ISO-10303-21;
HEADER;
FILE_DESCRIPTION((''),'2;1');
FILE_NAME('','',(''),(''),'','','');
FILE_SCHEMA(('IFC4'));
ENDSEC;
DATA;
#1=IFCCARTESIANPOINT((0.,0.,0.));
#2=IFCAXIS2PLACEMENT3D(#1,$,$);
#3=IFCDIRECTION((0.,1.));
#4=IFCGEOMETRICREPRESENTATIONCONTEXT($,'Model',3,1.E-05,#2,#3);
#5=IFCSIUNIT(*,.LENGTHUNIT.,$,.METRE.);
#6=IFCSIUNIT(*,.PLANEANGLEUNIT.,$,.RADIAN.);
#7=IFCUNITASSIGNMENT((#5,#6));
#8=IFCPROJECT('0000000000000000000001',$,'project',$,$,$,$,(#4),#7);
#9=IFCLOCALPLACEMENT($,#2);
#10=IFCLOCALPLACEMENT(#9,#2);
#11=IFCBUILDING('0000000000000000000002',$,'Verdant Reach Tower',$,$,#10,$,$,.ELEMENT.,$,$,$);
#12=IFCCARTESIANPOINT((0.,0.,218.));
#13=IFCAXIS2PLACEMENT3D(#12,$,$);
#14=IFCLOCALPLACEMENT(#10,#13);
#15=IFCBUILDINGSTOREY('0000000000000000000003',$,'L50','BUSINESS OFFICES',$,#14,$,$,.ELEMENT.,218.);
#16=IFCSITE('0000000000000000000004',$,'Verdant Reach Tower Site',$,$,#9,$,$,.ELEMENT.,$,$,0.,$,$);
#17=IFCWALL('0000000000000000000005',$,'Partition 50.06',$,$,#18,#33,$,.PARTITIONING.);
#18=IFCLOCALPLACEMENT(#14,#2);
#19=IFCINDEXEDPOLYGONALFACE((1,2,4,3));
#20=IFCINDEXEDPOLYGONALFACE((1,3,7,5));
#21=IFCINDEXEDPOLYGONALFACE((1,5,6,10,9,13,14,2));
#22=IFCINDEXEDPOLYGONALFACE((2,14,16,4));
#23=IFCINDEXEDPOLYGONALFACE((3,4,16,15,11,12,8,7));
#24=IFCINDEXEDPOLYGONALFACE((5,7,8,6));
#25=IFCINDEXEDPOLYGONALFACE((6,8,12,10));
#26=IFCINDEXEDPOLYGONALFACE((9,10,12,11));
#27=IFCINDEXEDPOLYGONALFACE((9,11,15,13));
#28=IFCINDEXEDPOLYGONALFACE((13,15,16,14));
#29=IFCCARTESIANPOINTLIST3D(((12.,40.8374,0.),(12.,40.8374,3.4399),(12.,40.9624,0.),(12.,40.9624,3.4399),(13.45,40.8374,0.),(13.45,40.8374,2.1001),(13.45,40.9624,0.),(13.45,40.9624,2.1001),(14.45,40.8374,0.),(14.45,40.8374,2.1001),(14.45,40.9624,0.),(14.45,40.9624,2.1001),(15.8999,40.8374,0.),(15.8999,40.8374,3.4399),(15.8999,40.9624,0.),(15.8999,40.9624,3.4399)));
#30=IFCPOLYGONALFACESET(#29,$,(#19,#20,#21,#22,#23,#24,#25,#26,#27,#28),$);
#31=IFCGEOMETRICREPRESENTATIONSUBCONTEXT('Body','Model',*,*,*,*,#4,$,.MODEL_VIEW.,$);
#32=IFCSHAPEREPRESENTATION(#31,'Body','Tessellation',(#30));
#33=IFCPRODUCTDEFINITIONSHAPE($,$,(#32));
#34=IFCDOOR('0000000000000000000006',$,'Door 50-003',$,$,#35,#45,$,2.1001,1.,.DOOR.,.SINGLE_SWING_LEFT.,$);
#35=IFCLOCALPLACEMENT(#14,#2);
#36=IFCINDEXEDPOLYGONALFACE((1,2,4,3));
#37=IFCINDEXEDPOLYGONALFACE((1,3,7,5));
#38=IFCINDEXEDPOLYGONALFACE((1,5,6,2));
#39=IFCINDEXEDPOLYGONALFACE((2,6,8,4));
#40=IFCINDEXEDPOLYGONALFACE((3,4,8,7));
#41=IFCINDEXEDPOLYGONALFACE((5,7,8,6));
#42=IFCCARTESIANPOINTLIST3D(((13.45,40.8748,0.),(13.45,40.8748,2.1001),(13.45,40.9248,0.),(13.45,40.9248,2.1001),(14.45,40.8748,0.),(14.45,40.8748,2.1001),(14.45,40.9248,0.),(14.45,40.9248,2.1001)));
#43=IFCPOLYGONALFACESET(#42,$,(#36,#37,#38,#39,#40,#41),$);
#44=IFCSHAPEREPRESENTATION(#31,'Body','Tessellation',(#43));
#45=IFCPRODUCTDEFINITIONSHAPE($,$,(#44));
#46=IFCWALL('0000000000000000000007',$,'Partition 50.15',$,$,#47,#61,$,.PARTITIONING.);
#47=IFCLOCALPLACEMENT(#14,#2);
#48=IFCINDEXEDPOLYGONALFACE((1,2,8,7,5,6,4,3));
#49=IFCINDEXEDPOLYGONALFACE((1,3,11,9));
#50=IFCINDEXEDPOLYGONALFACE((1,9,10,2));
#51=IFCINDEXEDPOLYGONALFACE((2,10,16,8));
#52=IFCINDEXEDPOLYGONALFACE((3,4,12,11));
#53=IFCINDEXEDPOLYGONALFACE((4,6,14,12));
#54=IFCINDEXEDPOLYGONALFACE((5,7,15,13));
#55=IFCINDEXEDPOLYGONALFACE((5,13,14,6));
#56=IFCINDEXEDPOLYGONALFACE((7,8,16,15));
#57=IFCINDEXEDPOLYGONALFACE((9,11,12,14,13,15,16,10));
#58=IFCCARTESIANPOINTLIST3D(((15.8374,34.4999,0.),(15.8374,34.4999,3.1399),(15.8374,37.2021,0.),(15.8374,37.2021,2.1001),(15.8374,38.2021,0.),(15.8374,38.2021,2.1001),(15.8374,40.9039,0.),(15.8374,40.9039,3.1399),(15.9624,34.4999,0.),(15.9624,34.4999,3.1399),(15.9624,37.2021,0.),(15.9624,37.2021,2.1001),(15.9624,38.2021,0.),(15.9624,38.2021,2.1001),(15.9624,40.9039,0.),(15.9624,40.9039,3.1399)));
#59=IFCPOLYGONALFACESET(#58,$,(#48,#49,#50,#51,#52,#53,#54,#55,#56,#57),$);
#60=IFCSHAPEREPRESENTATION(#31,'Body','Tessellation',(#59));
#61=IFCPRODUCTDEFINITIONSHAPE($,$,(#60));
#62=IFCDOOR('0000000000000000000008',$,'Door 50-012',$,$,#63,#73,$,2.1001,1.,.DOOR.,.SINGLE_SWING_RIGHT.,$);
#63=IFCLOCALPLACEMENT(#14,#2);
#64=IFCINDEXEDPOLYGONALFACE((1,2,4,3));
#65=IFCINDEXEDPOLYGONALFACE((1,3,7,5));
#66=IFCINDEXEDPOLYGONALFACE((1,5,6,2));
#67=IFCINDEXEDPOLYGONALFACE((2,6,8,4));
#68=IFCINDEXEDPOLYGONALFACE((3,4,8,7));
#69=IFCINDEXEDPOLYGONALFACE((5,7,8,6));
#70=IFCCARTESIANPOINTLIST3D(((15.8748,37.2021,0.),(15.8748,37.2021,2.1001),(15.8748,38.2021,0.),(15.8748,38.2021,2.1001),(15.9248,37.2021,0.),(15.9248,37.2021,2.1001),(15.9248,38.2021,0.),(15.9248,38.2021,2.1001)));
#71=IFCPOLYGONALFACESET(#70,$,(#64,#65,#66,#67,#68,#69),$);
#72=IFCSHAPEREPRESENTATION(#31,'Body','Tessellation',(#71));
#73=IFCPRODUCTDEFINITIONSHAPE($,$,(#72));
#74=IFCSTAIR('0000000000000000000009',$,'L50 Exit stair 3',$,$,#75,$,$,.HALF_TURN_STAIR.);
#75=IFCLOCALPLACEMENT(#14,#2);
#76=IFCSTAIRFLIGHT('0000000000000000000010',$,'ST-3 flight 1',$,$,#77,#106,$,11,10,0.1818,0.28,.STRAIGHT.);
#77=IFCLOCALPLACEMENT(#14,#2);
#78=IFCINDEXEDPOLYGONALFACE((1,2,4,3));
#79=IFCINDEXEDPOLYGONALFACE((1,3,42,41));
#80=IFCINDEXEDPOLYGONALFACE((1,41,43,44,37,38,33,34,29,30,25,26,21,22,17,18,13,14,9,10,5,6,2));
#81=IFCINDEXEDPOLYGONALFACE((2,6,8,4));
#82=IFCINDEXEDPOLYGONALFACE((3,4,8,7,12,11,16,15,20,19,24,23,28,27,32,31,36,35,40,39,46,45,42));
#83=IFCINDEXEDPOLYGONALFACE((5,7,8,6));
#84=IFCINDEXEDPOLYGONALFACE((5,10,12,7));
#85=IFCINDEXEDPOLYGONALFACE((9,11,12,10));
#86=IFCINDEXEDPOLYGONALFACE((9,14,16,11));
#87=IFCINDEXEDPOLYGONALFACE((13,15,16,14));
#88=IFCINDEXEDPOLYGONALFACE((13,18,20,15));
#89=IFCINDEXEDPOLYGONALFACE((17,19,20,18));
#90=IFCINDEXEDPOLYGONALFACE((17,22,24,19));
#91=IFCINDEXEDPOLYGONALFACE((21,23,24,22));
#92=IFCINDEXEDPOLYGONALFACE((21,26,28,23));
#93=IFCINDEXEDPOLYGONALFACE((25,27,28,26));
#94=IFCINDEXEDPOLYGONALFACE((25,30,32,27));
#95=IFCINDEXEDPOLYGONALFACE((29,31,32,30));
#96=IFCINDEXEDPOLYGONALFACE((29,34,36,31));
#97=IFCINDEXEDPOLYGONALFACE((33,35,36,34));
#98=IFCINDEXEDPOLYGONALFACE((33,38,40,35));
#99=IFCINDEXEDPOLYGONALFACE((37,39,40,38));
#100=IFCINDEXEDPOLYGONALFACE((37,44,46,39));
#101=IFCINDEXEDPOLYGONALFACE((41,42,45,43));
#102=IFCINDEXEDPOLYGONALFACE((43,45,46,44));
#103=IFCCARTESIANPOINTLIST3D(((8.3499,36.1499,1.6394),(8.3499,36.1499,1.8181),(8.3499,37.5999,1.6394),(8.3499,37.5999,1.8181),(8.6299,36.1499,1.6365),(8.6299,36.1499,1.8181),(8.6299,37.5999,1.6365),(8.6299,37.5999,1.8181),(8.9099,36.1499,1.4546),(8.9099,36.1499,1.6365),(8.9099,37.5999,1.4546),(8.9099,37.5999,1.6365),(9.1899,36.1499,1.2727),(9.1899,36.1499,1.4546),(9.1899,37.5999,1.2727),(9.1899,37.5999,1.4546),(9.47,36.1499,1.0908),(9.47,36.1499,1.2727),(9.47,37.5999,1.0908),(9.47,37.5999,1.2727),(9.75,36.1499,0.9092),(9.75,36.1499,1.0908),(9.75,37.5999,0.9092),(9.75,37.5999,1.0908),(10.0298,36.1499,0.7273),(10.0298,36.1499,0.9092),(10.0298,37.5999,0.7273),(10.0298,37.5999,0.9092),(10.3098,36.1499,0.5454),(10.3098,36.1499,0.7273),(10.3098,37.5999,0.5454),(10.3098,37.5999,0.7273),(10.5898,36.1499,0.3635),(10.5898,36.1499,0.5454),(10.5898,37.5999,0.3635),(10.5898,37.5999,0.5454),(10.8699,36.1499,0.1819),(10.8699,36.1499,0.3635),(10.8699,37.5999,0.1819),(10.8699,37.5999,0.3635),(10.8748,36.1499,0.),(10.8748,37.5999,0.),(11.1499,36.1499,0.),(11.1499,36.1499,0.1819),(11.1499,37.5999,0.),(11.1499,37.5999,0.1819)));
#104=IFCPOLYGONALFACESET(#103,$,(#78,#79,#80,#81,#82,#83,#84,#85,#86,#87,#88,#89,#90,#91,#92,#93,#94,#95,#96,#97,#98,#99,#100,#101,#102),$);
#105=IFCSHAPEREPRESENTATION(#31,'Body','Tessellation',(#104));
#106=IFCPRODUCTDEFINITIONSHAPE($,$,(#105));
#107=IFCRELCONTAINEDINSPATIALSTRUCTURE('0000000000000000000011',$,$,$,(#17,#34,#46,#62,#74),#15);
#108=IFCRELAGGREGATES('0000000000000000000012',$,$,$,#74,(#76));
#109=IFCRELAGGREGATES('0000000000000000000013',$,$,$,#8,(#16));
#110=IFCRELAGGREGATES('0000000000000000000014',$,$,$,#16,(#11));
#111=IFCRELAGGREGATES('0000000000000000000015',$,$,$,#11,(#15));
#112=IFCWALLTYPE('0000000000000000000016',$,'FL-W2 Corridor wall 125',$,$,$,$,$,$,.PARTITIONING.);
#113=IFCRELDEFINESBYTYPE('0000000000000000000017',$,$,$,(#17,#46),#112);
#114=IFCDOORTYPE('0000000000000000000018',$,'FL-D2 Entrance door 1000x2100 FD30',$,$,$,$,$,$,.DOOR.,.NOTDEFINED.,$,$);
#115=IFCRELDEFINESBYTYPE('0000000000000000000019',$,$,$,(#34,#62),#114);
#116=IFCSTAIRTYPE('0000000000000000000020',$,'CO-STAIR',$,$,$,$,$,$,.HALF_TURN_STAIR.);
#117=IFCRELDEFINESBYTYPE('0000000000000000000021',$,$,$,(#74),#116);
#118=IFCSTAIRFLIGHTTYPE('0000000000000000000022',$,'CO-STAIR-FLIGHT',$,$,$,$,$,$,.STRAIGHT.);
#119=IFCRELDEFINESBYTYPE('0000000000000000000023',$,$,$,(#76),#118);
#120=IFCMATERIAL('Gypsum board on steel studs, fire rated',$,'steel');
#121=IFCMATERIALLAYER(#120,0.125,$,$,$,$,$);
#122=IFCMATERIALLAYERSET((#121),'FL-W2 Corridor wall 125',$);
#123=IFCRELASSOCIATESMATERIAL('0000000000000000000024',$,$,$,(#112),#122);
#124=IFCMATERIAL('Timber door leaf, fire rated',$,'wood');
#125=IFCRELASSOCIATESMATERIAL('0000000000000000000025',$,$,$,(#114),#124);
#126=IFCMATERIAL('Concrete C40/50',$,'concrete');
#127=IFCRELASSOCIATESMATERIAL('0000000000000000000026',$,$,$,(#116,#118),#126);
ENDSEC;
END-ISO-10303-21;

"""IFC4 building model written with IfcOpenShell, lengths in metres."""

from ifc_helpers import new_model, si_unit, direction, frame, frame_2d, origin, place, context, subcontext, project, spatial, polyline, rectangle, outline, extrude, material, layer, layer_set, type_object, element, fill, aggregate, save


model = new_model("IFC4")

# Units and contexts
model_context = context("Model", 3, precision=1e-05, world=origin(), true_north=direction((0.0, 1.0)))
body_context = subcontext(model_context, "Body", "Model", "MODEL_VIEW")
ifc_project = project(units=[si_unit("LENGTHUNIT", "METRE"), si_unit("PLANEANGLEUNIT", "RADIAN")], contexts=[model_context])

# Site, building, storey
site_placement = place(None, origin())
site = spatial("IfcSite", under=ifc_project, at=site_placement, Name="Verdant Reach Tower Site", CompositionType="ELEMENT", RefElevation=0.0)
building_placement = place(site_placement, origin())
building = spatial("IfcBuilding", under=site, at=building_placement, Name="Verdant Reach Tower", CompositionType="ELEMENT")
storey_placement = place(building_placement, frame((0.0, 0.0, 218.0)))
storey = spatial("IfcBuildingStorey", under=building, at=storey_placement, Name="L50", Description="BUSINESS OFFICES", CompositionType="ELEMENT", Elevation=218.0)

# Walls, openings, doors
ifc_material_1 = material(Name="Gypsum board on steel studs, fire rated", Category="steel")
ifc_layer_1 = layer(ifc_material_1, 0.125)
ifc_layer_set_1 = layer_set([ifc_layer_1], Name="FL-W2 Corridor wall 125")
wall_type_1 = type_object("IfcWallType", Name="FL-W2 Corridor wall 125", PredefinedType="PARTITIONING", material=ifc_layer_set_1)
wall_1_placement = place(storey_placement, frame((12.0, 40.8999, 0.0), z_axis=(0.0, 0.0, 1.0), x_axis=(1.0, 0.0, 0.0)))
wall_1 = element("IfcWall", 1, at=wall_1_placement, inside=storey, type_object=wall_type_1, Name="Partition 50.06", PredefinedType="PARTITIONING", context=body_context, shape_type="SweptSolid", body=[
    extrude(rectangle(XDim=3.8999, YDim=0.125, at=frame_2d((1.95, 0.0))), origin(), (0.0, 0.0, 1.0), 3.4399),
])
opening_1_placement = place(wall_1_placement, frame((1.45, 0.0, 0.0)))
opening_1 = element("IfcOpeningElement", 2, at=opening_1_placement, cuts=wall_1, PredefinedType="OPENING", context=body_context, shape_type="SweptSolid", body=[
    extrude(rectangle(XDim=1.0, YDim=2.1001, at=frame_2d((0.5, 1.05))), frame((0.0, 0.0725, 0.0), z_axis=(0.0, -1.0, 0.0), x_axis=(1.0, 0.0, 0.0)), (0.0, 0.0, 1.0), 0.145),
])
ifc_material_2 = material(Name="Timber door leaf, fire rated", Category="wood")
door_type_1 = type_object("IfcDoorType", Name="FL-D2 Entrance door 1000x2100 FD30", OperationType="NOTDEFINED", PredefinedType="DOOR", material=ifc_material_2)
door_1_placement = place(opening_1_placement, origin())
door_1 = element("IfcDoor", 3, at=door_1_placement, inside=storey, type_object=door_type_1, Name="Door 50-003", OperationType="SINGLE_SWING_LEFT", OverallHeight=2.1001, OverallWidth=1.0, PredefinedType="DOOR", context=body_context, shape_type="SweptSolid", body=[
    extrude(rectangle(XDim=1.0, YDim=2.1001, at=frame_2d((0.5, 1.05))), frame((0.0, 0.0249, 0.0), z_axis=(0.0, -1.0, 0.0), x_axis=(1.0, 0.0, 0.0)), (0.0, 0.0, 1.0), 0.05),
])
fill(opening_1, door_1)
wall_2_placement = place(storey_placement, frame((15.8999, 40.9041, 0.0), z_axis=(0.0, 0.0, 1.0), x_axis=(0.0, -1.0, 0.0)))
wall_2 = element("IfcWall", 4, at=wall_2_placement, inside=storey, type_object=wall_type_1, Name="Partition 50.15", PredefinedType="PARTITIONING", context=body_context, shape_type="SweptSolid", body=[
    extrude(rectangle(XDim=6.4041, YDim=0.125, at=frame_2d((3.2021, 0.0))), origin(), (0.0, 0.0, 1.0), 3.1399),
])
opening_2_placement = place(wall_2_placement, frame((2.7019, 0.0, 0.0)))
opening_2 = element("IfcOpeningElement", 5, at=opening_2_placement, cuts=wall_2, PredefinedType="OPENING", context=body_context, shape_type="SweptSolid", body=[
    extrude(rectangle(XDim=1.0, YDim=2.1001, at=frame_2d((0.5, 1.05))), frame((0.0, 0.0725, 0.0), z_axis=(0.0, -1.0, 0.0), x_axis=(1.0, 0.0, 0.0)), (0.0, 0.0, 1.0), 0.145),
])
door_2_placement = place(opening_2_placement, origin())
door_2 = element("IfcDoor", 6, at=door_2_placement, inside=storey, type_object=door_type_1, Name="Door 50-012", OperationType="SINGLE_SWING_RIGHT", OverallHeight=2.1001, OverallWidth=1.0, PredefinedType="DOOR", context=body_context, shape_type="SweptSolid", body=[
    extrude(rectangle(XDim=1.0, YDim=2.1001, at=frame_2d((0.5, 1.05))), frame((0.0, 0.0249, 0.0), z_axis=(0.0, -1.0, 0.0), x_axis=(1.0, 0.0, 0.0)), (0.0, 0.0, 1.0), 0.05),
])
fill(opening_2, door_2)

# Stair, stair flight
ifc_material_3 = material(Name="Concrete C40/50", Category="concrete")
stair_type = type_object("IfcStairType", Name="CO-STAIR", PredefinedType="HALF_TURN_STAIR", material=ifc_material_3)
stair_placement = place(storey_placement, origin())
stair = element("IfcStair", 7, at=stair_placement, inside=storey, type_object=stair_type, Name="L50 Exit stair 3", PredefinedType="HALF_TURN_STAIR")
stair_flight_type = type_object("IfcStairFlightType", Name="CO-STAIR-FLIGHT", PredefinedType="STRAIGHT", material=ifc_material_3)
stair_flight_placement = place(storey_placement, frame((11.1499, 36.875, 0.0), z_axis=(0.0, 0.0, 1.0), x_axis=(-1.0, 0.0, 0.0)))
stair_flight = element("IfcStairFlight", 8, at=stair_flight_placement, type_object=stair_flight_type, Name="ST-3 flight 1", NumberOfRisers=11, NumberOfTreads=10, PredefinedType="STRAIGHT", RiserHeight=0.1818, TreadLength=0.28, context=body_context, shape_type="SweptSolid", body=[
    extrude(outline(polyline([(0.0, 0.0), (0.0, 0.1819), (0.28, 0.1819), (0.28, 0.3635), (0.5601, 0.3635), (0.5601, 0.5454), (0.8401, 0.5454), (0.8401, 0.7273), (1.1201, 0.7273), (1.1201, 0.9092), (1.3999, 0.9092), (1.3999, 1.0908), (1.6799, 1.0908), (1.6799, 1.2727), (1.96, 1.2727), (1.96, 1.4546), (2.24, 1.4546), (2.24, 1.6365), (2.52, 1.6365), (2.52, 1.8181), (2.8, 1.8181), (2.8, 2.0), (2.8, 1.6394), (0.2751, 0.0), (0.0, 0.0)])), frame((0.0, 0.7251, 0.0), z_axis=(0.0, -1.0, 0.0), x_axis=(1.0, 0.0, 0.0)), (0.0, 0.0, 1.0), 1.45),
])
aggregate(stair, [stair_flight])

save(model, "model.ifc")
